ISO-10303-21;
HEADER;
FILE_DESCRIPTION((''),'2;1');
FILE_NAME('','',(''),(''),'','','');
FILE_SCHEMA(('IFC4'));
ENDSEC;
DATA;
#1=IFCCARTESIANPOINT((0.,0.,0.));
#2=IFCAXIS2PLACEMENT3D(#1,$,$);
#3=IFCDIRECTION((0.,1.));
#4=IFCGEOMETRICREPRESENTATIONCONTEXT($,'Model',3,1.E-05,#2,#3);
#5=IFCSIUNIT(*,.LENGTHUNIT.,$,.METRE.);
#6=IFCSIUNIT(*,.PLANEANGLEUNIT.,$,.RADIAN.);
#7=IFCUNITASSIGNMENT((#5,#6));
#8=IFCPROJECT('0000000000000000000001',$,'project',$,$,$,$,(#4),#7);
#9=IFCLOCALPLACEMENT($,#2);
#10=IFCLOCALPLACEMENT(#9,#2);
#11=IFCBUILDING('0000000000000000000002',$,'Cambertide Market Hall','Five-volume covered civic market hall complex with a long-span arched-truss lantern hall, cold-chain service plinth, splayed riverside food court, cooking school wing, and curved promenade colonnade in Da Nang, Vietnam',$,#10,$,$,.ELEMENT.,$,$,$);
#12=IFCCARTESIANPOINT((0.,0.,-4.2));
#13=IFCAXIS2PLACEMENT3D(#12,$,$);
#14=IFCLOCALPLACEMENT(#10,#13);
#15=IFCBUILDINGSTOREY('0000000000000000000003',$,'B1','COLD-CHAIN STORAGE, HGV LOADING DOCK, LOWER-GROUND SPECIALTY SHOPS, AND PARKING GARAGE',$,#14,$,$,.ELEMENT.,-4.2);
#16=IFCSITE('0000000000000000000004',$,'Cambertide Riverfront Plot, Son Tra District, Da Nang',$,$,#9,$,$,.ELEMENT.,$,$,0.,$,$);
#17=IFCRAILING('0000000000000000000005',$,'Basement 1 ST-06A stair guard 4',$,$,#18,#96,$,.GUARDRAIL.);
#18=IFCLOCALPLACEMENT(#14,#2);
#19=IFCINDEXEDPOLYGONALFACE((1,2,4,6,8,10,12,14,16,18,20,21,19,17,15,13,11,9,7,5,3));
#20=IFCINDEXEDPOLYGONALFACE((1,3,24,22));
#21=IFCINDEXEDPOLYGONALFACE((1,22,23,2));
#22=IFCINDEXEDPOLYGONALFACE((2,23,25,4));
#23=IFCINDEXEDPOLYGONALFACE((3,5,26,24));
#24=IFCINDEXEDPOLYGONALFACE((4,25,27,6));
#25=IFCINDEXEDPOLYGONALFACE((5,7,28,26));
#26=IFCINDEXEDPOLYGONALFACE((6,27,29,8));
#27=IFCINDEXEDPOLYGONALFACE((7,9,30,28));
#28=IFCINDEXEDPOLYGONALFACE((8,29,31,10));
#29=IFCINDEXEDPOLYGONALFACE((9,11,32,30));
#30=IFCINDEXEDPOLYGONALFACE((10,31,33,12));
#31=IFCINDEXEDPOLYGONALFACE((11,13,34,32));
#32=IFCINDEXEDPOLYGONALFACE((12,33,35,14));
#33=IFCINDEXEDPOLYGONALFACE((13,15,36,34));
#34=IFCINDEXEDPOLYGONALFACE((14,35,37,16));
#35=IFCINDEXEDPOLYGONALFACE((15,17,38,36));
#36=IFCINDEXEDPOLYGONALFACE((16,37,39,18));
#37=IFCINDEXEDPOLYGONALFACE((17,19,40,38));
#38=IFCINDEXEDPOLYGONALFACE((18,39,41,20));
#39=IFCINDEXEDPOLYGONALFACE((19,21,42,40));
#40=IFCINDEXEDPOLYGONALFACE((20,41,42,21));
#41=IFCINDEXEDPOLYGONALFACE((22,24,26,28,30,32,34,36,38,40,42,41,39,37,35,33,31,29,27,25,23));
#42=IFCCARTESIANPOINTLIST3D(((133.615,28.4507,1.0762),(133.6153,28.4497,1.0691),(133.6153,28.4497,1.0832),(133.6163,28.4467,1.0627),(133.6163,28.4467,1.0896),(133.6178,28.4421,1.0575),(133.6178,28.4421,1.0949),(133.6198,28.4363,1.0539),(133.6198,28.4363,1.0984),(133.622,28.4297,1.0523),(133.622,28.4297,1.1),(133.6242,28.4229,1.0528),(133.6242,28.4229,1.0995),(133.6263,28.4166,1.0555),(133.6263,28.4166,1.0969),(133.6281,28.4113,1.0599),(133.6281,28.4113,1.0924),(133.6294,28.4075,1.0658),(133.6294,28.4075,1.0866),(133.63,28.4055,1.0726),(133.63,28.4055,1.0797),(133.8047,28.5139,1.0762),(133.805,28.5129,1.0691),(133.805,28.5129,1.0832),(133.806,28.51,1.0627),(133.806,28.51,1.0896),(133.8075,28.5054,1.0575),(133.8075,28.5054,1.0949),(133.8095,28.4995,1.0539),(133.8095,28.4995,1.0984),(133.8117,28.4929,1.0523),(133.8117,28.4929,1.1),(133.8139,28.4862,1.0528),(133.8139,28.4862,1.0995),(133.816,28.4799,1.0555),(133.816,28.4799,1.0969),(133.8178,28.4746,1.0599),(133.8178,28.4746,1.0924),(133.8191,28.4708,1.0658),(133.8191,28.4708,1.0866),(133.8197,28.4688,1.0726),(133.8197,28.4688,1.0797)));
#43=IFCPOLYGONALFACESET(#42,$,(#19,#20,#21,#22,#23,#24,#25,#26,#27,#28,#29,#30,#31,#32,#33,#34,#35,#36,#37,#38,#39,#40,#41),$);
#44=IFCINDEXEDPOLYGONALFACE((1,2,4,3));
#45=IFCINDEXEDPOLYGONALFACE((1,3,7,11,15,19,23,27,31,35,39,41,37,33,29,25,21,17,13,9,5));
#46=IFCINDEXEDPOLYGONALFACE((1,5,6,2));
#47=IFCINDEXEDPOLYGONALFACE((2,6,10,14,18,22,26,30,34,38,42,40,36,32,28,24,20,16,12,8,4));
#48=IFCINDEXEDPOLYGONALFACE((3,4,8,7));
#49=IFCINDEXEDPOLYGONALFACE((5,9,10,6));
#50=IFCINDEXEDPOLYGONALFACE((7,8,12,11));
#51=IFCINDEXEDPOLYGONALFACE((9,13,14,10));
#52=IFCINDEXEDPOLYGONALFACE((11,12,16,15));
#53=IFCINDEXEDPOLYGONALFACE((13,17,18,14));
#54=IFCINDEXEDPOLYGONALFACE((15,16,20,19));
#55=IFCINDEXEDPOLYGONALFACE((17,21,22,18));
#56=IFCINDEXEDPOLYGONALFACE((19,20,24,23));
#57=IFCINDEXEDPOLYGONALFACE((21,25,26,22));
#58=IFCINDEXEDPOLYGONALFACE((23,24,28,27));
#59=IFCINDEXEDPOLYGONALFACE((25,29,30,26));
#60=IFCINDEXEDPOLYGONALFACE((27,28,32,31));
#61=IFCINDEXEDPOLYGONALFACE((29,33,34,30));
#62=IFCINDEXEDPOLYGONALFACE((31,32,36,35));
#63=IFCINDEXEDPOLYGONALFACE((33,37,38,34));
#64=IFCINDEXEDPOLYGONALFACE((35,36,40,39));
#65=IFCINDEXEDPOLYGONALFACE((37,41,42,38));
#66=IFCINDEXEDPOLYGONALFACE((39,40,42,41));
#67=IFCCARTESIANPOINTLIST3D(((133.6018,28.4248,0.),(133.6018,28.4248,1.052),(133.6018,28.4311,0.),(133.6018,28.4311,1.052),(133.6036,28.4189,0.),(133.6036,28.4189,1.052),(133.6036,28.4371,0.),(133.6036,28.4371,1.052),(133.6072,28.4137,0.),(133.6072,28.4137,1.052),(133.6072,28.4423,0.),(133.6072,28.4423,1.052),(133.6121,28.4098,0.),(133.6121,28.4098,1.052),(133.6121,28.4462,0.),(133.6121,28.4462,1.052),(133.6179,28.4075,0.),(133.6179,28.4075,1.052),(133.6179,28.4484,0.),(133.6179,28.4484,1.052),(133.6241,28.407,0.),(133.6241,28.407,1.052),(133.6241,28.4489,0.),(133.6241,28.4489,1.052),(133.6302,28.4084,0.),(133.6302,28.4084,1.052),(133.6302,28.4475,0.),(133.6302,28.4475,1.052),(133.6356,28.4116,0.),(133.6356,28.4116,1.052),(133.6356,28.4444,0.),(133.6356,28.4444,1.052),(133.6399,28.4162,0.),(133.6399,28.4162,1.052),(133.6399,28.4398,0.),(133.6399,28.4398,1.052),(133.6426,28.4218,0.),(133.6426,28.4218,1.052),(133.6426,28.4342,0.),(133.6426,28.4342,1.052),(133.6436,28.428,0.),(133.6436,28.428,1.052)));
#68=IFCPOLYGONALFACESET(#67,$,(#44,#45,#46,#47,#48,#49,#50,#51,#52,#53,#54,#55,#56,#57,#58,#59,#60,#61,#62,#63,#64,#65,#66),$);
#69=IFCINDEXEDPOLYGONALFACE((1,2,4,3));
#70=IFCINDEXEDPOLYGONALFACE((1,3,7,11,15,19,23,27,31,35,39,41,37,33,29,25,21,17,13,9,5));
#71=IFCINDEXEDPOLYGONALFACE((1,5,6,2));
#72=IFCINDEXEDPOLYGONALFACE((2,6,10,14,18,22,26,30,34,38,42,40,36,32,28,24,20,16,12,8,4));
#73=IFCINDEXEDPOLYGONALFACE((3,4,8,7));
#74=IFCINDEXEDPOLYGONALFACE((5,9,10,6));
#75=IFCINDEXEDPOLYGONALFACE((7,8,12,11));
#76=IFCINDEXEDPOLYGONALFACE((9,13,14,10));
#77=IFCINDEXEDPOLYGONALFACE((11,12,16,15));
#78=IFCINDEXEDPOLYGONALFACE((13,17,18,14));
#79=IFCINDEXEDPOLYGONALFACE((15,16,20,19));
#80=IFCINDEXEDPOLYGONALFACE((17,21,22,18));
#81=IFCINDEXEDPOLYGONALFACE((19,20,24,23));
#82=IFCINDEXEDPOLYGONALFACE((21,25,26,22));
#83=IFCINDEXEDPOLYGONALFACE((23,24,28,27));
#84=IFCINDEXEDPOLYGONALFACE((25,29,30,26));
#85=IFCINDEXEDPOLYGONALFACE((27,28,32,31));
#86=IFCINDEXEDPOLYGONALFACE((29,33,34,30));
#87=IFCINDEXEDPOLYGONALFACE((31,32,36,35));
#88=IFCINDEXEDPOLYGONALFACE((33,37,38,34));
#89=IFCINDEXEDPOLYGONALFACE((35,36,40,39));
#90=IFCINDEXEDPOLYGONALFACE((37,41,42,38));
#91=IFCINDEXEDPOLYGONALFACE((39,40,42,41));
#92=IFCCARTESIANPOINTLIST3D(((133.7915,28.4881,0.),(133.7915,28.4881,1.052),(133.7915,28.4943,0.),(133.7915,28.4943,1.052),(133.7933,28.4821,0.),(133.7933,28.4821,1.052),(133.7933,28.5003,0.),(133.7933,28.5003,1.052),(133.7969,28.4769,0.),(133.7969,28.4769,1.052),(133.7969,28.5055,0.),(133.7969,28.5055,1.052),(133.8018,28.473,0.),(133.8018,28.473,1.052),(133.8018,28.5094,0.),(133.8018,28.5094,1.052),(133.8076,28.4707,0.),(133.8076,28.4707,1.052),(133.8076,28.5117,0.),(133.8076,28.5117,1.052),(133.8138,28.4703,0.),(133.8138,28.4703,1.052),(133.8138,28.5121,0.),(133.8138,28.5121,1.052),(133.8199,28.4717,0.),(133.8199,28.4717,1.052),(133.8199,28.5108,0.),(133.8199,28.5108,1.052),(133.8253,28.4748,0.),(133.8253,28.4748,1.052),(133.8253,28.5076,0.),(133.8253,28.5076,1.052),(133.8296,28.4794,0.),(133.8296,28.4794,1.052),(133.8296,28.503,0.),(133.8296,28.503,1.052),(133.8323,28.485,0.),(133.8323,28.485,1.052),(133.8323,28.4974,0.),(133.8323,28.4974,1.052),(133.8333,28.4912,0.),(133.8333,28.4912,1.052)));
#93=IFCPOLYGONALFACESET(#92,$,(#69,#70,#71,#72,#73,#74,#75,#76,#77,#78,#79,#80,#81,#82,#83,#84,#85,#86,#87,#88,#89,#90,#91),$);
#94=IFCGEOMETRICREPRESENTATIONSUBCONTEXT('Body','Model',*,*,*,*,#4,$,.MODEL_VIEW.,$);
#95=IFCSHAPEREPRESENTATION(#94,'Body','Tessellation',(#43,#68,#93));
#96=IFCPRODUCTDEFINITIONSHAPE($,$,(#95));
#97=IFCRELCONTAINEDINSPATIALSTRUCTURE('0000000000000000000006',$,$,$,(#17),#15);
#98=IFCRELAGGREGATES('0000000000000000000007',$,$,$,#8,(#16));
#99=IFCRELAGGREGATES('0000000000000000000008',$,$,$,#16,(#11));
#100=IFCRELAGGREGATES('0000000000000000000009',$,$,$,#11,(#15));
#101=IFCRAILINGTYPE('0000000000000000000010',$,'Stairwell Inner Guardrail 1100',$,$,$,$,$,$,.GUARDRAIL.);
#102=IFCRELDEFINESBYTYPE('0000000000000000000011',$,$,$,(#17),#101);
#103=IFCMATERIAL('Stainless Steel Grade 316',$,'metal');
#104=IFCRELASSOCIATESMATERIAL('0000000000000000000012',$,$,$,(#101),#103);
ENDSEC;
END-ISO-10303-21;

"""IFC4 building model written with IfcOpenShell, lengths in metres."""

from ifc_helpers import new_model, si_unit, direction, frame, origin, origin_2d, place, context, subcontext, project, spatial, circle, extrude, material, type_object, element, save


model = new_model("IFC4")

# Units and contexts
model_context = context("Model", 3, precision=1e-05, world=origin(), true_north=direction((0.0, 1.0)))
body_context = subcontext(model_context, "Body", "Model", "MODEL_VIEW")
ifc_project = project(units=[si_unit("LENGTHUNIT", "METRE"), si_unit("PLANEANGLEUNIT", "RADIAN")], contexts=[model_context])

# Site, building, storey
site_placement = place(None, origin())
site = spatial("IfcSite", under=ifc_project, at=site_placement, Name="Cambertide Riverfront Plot, Son Tra District, Da Nang", CompositionType="ELEMENT", RefElevation=0.0)
building_placement = place(site_placement, origin())
building = spatial("IfcBuilding", under=site, at=building_placement, Name="Cambertide Market Hall", Description="Five-volume covered civic market hall complex with a long-span arched-truss lantern hall, cold-chain service plinth, splayed riverside food court, cooking school wing, and curved promenade colonnade in Da Nang, Vietnam", CompositionType="ELEMENT")
storey_placement = place(building_placement, frame((0.0, 0.0, -4.2)))
storey = spatial("IfcBuildingStorey", under=building, at=storey_placement, Name="B1", Description="COLD-CHAIN STORAGE, HGV LOADING DOCK, LOWER-GROUND SPECIALTY SHOPS, AND PARKING GARAGE", CompositionType="ELEMENT", Elevation=-4.2)

# Railing
ifc_material_1 = material(Name="Stainless Steel Grade 316", Category="metal")
railing_type_1 = type_object("IfcRailingType", Name="Stairwell Inner Guardrail 1100", PredefinedType="GUARDRAIL", material=ifc_material_1)
railing_1_placement = place(storey_placement, frame((133.6226, 28.428, 0.0)))
element("IfcRailing", 1, at=railing_1_placement, inside=storey, type_object=railing_type_1, Name="Basement 1 ST-06A stair guard 4", PredefinedType="GUARDRAIL", context=body_context, shape_type="SweptSolid", body=[
    extrude(circle(Radius=0.0239, at=origin_2d()), frame((0.0, 0.0, 1.0762), z_axis=(0.948683, 0.316228, 0.0), x_axis=(-0.316228, 0.948683, 0.0)), (0.0, 0.0, 1.0), 0.2),
    extrude(circle(Radius=0.021, at=origin_2d()), origin(), (0.0, 0.0, 1.0), 1.052),
    extrude(circle(Radius=0.021, at=origin_2d()), frame((0.1897, 0.0632, 0.0)), (0.0, 0.0, 1.0), 1.052),
])

save(model, "model.ifc")
